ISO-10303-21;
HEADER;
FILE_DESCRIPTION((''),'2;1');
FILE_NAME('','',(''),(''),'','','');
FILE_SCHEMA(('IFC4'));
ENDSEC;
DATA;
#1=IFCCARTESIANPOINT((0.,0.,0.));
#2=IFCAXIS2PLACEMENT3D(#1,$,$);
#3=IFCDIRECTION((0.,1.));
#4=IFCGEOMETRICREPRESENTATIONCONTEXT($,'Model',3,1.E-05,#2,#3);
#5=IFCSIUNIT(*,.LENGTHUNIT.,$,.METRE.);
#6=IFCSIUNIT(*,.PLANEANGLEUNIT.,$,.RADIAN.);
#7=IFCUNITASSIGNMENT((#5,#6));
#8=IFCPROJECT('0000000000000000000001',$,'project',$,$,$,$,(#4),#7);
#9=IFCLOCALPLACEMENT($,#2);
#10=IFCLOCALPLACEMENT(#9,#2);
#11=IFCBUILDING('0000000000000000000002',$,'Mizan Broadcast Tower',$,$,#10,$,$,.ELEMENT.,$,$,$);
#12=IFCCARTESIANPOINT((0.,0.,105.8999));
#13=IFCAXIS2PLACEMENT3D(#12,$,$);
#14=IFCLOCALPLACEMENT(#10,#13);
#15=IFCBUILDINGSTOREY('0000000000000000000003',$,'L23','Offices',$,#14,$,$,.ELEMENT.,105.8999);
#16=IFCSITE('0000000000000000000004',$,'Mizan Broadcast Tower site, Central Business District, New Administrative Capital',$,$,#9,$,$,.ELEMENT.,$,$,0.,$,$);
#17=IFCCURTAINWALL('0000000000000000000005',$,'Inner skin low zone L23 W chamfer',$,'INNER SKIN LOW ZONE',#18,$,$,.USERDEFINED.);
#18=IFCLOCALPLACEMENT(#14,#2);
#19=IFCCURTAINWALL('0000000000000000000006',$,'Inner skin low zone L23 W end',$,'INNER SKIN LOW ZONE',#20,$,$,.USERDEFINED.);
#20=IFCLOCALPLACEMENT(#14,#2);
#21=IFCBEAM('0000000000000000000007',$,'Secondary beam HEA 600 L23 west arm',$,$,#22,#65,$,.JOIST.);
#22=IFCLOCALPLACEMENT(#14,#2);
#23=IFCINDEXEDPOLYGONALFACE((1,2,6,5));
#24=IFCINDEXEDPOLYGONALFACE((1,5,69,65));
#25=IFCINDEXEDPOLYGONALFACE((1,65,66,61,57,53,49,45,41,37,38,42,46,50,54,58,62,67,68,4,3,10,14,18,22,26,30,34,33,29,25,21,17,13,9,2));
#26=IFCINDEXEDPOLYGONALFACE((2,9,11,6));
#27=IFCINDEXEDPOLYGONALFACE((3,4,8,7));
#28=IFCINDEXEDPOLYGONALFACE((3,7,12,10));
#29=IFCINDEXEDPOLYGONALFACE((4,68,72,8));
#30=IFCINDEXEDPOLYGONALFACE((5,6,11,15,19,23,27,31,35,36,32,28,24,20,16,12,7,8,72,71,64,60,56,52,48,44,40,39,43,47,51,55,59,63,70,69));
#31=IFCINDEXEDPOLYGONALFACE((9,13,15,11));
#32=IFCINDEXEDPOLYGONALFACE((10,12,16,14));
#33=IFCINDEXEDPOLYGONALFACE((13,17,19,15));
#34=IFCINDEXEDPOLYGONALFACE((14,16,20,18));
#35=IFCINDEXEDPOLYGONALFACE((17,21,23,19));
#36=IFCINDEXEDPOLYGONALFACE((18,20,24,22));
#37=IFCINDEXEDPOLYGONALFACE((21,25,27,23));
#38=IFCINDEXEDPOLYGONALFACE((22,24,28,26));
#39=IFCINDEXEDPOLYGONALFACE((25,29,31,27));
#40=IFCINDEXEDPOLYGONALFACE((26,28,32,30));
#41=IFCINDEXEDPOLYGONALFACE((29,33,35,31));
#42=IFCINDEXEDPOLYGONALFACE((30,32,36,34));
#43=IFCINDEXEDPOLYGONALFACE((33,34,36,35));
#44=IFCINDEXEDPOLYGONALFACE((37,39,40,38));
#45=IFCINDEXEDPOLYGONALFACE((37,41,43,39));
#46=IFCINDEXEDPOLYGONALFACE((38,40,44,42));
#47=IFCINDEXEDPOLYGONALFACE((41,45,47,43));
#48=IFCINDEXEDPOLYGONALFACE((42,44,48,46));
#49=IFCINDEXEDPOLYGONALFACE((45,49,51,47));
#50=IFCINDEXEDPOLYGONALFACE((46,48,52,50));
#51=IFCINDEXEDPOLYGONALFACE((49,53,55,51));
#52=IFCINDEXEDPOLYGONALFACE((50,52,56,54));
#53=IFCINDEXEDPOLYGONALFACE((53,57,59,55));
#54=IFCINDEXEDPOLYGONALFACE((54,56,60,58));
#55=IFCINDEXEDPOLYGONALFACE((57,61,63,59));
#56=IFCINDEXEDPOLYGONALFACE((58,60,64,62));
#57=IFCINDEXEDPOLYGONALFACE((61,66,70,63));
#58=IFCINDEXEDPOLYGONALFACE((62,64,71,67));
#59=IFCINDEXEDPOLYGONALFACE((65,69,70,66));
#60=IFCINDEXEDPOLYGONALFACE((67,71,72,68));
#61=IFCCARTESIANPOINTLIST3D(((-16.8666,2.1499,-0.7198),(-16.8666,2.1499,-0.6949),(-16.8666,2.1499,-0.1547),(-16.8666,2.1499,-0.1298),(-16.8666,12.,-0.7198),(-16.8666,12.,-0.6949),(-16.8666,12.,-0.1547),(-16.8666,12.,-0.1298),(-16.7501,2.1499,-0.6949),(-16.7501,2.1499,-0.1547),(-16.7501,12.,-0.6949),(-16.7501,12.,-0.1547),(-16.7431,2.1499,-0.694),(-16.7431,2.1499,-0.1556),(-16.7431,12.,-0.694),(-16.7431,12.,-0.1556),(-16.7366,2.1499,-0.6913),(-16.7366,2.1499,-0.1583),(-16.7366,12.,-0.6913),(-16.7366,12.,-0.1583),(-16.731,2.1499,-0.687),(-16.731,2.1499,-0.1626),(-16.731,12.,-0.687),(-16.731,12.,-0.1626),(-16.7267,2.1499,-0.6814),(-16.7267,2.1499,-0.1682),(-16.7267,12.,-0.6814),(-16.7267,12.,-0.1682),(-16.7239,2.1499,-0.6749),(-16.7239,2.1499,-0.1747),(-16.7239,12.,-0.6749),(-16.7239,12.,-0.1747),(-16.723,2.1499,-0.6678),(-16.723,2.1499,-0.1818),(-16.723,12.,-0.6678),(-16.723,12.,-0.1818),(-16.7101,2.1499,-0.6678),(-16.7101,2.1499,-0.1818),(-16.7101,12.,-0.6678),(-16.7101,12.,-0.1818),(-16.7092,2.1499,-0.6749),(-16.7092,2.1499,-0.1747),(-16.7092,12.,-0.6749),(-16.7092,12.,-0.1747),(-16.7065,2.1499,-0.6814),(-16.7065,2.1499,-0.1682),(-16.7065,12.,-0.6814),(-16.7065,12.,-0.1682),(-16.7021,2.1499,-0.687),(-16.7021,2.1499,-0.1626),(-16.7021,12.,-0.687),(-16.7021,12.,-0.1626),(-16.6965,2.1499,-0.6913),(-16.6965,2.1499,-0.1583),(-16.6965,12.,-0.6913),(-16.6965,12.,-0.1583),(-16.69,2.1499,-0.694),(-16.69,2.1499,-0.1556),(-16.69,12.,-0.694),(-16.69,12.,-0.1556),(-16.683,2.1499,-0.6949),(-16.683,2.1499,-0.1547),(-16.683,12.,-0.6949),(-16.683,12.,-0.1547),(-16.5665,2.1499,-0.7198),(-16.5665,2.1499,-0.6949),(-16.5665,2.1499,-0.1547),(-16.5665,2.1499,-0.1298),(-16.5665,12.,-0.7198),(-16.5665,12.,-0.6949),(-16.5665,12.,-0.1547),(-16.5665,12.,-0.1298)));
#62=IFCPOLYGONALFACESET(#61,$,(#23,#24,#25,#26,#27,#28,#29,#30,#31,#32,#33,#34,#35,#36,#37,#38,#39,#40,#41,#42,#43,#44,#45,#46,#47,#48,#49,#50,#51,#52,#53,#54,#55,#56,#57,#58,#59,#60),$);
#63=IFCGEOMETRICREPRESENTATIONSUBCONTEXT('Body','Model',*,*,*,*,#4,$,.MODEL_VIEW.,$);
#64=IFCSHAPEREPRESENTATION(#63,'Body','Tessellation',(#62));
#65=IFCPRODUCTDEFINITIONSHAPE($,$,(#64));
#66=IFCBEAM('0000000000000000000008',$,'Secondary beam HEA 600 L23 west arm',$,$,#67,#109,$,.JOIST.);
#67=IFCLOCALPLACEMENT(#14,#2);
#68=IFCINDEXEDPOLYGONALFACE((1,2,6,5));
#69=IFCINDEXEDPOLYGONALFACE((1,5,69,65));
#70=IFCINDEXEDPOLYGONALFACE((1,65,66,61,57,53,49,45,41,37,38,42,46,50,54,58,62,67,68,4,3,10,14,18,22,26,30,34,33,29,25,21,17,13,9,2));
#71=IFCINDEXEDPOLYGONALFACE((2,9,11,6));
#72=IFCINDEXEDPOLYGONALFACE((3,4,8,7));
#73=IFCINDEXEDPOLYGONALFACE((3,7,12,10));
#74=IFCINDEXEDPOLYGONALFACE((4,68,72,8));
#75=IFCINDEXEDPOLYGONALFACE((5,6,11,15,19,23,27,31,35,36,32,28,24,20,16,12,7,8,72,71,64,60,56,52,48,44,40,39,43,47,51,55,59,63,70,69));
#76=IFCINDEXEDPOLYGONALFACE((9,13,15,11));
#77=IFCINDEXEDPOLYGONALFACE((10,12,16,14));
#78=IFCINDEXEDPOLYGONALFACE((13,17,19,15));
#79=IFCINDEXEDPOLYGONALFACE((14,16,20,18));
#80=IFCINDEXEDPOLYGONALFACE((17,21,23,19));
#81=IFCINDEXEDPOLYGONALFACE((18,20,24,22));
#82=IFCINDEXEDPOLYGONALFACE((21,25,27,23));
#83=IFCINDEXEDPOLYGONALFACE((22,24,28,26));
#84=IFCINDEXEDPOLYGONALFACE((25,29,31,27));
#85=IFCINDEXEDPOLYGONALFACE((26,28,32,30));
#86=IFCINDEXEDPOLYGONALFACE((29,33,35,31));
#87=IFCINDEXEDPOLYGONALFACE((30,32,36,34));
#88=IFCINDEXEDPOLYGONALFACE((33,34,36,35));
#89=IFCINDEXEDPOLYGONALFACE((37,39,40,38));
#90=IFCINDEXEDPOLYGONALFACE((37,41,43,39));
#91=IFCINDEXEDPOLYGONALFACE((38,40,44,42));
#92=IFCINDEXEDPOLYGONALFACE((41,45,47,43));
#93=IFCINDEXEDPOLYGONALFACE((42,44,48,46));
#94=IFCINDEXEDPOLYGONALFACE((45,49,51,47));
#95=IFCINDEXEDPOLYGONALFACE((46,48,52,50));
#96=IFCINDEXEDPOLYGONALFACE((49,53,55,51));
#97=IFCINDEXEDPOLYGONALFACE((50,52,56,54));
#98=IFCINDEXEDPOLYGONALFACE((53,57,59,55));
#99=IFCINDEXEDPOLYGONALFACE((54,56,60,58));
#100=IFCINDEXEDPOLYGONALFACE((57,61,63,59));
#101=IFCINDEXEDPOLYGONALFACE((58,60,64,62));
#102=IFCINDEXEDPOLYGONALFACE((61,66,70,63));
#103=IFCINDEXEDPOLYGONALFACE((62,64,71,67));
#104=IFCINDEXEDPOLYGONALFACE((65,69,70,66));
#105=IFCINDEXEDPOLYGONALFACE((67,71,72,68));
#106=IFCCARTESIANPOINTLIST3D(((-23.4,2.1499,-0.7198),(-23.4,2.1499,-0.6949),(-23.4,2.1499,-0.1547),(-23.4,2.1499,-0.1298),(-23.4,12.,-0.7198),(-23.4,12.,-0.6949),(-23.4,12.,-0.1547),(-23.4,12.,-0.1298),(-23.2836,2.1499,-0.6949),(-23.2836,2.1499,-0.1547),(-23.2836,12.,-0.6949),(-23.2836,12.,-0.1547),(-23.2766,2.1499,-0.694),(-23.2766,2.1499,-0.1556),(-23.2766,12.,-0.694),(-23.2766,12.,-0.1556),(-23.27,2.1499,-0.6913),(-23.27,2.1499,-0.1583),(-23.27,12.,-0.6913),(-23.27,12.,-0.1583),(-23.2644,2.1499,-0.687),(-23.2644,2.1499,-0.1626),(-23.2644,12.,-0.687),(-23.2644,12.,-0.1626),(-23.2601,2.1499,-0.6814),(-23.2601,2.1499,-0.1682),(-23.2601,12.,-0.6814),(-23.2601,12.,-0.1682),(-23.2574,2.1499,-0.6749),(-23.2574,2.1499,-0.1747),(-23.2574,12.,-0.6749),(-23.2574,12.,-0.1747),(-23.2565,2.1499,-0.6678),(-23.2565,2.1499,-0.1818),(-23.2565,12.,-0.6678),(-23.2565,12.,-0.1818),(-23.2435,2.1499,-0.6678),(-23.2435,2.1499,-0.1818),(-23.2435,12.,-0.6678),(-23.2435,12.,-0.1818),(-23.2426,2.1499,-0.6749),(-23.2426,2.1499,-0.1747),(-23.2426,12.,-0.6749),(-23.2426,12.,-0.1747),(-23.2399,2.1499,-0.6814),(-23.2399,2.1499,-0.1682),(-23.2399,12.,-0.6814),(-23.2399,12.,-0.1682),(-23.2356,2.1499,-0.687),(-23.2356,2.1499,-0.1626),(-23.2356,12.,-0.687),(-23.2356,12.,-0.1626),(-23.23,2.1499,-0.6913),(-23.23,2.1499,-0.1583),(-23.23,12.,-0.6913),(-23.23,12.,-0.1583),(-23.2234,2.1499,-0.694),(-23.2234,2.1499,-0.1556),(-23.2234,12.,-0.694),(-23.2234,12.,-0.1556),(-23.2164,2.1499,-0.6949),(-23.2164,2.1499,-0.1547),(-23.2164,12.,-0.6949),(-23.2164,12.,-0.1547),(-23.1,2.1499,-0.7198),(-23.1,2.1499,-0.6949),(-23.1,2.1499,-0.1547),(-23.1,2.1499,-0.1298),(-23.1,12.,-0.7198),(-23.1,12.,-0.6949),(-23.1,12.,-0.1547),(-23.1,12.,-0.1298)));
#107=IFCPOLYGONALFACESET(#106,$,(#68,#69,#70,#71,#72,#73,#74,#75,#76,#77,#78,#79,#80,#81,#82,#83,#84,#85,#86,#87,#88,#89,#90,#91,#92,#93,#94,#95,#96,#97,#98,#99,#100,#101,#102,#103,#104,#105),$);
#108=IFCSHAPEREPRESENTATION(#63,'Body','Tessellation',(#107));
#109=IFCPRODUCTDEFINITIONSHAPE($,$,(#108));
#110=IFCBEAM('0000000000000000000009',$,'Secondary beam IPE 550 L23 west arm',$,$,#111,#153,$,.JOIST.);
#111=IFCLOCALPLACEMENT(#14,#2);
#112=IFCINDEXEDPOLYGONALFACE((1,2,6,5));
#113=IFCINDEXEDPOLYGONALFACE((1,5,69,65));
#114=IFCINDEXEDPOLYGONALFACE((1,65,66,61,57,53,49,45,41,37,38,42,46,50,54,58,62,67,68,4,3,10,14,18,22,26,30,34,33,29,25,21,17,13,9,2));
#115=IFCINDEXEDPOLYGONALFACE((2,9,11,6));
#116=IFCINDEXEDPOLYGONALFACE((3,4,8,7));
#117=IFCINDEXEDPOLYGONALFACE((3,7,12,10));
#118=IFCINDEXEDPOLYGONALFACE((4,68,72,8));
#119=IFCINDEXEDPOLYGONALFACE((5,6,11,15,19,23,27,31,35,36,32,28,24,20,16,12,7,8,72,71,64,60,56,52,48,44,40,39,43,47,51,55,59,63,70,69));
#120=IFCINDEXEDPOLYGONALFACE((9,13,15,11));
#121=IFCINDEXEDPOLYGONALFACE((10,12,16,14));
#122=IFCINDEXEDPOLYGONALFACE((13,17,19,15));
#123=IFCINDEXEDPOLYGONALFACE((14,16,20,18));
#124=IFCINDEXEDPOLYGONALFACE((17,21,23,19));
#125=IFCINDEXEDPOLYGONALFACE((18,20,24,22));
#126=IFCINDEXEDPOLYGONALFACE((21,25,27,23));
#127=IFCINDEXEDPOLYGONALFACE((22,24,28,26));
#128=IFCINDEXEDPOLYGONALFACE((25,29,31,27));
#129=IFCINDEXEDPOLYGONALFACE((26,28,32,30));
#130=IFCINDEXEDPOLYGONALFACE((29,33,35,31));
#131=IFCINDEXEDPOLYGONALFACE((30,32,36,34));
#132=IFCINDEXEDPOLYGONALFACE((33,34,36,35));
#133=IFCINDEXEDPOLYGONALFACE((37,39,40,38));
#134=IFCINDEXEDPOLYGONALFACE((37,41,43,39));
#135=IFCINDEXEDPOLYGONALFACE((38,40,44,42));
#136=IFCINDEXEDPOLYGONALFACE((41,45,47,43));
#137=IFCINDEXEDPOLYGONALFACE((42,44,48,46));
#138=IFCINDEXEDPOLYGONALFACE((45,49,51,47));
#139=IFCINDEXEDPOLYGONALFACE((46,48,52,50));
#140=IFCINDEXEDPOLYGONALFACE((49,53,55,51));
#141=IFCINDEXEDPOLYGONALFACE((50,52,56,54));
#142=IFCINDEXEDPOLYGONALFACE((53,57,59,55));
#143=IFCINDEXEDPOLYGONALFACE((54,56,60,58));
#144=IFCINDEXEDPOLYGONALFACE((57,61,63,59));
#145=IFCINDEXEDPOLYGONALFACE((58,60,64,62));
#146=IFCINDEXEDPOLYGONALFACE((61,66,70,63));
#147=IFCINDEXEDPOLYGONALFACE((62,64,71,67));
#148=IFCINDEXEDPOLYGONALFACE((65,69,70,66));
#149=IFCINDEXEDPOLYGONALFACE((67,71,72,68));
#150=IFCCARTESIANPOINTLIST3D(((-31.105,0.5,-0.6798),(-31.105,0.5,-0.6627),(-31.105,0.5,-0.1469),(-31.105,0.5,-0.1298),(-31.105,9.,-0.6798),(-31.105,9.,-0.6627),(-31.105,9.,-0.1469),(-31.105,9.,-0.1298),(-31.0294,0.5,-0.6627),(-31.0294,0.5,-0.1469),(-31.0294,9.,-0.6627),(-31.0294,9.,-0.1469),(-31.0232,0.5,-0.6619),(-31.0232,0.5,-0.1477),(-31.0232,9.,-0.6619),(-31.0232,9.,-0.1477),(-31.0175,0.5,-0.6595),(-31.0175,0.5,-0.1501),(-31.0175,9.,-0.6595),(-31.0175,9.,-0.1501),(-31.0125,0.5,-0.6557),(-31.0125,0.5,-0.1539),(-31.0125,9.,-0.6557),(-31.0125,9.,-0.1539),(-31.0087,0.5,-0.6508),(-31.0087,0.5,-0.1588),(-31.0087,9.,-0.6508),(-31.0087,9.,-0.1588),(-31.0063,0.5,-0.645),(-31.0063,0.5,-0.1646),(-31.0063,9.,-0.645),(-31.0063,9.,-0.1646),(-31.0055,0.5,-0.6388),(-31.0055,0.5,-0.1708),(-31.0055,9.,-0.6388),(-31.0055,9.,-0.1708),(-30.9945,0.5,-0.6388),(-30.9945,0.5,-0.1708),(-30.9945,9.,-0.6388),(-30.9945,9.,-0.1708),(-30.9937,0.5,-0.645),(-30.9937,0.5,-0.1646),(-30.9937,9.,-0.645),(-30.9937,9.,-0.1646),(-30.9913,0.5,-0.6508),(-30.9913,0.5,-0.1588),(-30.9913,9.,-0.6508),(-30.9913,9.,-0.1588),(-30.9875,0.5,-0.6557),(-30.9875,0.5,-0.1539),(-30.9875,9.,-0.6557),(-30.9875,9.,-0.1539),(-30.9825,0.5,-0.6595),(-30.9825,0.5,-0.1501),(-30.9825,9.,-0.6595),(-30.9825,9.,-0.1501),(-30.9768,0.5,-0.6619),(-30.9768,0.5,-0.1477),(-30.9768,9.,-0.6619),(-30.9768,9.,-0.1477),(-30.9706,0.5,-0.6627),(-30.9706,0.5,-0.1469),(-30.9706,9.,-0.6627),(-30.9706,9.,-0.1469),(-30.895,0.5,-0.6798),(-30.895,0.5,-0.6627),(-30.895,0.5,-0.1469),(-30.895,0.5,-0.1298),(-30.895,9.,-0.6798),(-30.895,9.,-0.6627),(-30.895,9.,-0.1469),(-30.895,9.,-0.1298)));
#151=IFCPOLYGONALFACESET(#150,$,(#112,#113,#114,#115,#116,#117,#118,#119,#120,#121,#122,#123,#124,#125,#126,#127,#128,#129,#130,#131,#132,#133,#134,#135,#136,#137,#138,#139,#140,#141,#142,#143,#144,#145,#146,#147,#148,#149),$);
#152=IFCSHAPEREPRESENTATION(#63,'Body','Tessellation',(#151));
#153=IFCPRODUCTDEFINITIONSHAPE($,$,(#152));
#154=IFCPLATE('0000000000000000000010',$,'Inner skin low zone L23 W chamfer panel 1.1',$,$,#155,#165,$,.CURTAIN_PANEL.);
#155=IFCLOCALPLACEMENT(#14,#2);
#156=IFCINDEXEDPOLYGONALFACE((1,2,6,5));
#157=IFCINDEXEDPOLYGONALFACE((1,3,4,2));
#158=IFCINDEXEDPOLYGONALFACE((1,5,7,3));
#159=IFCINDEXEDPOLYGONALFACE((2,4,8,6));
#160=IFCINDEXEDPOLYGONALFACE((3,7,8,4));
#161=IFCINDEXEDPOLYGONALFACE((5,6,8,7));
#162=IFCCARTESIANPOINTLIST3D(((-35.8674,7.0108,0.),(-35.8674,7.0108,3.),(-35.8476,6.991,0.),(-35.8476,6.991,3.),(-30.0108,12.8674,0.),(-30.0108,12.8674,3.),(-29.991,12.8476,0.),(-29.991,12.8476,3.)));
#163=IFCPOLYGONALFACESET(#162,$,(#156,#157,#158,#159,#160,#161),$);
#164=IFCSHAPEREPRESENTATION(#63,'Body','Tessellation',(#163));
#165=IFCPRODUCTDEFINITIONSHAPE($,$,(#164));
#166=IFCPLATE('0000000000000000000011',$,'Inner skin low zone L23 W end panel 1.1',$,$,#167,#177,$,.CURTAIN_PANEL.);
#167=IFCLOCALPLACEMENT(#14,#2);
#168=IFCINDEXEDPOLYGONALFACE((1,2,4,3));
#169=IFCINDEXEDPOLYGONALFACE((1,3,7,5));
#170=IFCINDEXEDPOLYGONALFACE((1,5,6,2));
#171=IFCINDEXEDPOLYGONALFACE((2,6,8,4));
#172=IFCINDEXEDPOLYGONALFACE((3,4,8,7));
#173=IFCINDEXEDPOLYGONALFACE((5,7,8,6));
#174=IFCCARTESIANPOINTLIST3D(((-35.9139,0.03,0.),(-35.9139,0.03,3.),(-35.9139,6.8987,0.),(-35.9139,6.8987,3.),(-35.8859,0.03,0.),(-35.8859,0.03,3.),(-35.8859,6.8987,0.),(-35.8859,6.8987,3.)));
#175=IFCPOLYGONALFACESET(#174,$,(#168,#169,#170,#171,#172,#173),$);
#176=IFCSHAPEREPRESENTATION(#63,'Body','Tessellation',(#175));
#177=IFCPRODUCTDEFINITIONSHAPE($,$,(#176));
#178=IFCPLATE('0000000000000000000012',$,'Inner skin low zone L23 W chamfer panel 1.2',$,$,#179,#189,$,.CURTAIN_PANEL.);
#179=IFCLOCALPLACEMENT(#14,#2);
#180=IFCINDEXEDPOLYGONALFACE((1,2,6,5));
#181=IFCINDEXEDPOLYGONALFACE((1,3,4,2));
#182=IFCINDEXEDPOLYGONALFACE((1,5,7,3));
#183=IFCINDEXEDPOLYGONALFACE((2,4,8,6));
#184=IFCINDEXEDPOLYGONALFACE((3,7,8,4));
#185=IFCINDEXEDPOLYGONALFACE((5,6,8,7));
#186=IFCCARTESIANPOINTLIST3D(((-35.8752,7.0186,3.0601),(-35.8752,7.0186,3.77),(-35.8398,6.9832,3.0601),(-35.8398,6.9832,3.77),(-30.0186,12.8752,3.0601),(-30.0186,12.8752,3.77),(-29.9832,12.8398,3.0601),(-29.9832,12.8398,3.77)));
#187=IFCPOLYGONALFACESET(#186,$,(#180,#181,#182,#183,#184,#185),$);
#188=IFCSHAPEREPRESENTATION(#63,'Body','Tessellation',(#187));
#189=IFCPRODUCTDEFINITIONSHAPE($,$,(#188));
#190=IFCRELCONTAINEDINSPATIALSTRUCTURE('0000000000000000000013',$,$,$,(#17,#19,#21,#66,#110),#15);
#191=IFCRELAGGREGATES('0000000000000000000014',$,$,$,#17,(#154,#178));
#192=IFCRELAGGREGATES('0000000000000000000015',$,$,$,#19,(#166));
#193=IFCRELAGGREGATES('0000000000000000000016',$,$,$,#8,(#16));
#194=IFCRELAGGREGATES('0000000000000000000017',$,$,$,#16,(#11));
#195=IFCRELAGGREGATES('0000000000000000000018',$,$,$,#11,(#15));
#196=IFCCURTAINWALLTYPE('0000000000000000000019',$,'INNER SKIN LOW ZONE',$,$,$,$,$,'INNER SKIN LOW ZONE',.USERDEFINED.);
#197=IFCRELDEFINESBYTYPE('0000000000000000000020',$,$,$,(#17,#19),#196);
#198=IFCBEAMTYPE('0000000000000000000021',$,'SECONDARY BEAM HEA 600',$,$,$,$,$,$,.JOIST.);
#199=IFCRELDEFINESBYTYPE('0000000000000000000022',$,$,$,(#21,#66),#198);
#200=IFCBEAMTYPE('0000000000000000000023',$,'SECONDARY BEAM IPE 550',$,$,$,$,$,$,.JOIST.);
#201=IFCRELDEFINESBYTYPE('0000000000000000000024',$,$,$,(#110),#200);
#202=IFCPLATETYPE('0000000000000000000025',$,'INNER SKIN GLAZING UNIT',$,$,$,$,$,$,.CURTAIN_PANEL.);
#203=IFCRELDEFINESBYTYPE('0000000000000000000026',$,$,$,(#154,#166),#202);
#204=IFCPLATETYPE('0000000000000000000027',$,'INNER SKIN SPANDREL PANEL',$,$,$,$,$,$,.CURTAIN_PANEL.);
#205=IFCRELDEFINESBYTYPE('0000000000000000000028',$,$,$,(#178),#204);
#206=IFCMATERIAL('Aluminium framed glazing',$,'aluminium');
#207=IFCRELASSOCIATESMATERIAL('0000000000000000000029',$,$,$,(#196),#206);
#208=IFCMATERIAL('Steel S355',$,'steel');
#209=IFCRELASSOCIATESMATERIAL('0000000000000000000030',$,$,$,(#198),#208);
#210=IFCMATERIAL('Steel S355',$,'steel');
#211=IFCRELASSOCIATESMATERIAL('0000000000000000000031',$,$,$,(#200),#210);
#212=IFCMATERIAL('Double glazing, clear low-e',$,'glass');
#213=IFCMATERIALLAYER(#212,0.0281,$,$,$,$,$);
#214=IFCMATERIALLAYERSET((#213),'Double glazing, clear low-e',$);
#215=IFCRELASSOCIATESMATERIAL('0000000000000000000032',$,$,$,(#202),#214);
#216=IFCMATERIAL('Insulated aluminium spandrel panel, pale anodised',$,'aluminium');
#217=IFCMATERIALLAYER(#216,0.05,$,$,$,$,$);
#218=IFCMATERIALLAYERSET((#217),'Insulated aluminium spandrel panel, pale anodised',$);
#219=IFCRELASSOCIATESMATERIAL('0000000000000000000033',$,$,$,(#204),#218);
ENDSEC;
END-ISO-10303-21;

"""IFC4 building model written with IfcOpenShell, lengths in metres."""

from ifc_helpers import new_model, si_unit, direction, frame, origin, origin_2d, place, context, subcontext, project, spatial, rectangle, i_section, extrude, material, layer, layer_set, material_profile, profile_set, type_object, element, aggregate, save


model = new_model("IFC4")

# Units and contexts
model_context = context("Model", 3, precision=1e-05, world=origin(), true_north=direction((0.0, 1.0)))
body_context = subcontext(model_context, "Body", "Model", "MODEL_VIEW")
ifc_project = project(units=[si_unit("LENGTHUNIT", "METRE"), si_unit("PLANEANGLEUNIT", "RADIAN")], contexts=[model_context])

# Site, building, storey
site_placement = place(None, origin())
site = spatial("IfcSite", under=ifc_project, at=site_placement, Name="Mizan Broadcast Tower site, Central Business District, New Administrative Capital", CompositionType="ELEMENT", RefElevation=0.0)
building_placement = place(site_placement, origin())
building = spatial("IfcBuilding", under=site, at=building_placement, Name="Mizan Broadcast Tower", CompositionType="ELEMENT")
storey_placement = place(building_placement, frame((0.0, 0.0, 105.8999)))
storey = spatial("IfcBuildingStorey", under=building, at=storey_placement, Name="L23", Description="Offices", CompositionType="ELEMENT", Elevation=105.8999)

# Shared definitions
ifc_material_1 = material(Name="Aluminium framed glazing", Category="aluminium")
curtain_wall_type_1 = type_object("IfcCurtainWallType", Name="INNER SKIN LOW ZONE", ElementType="INNER SKIN LOW ZONE", PredefinedType="USERDEFINED", material=ifc_material_1)

# Curtain wall
curtain_wall_1_placement = place(storey_placement, origin())
curtain_wall_1 = element("IfcCurtainWall", 1, at=curtain_wall_1_placement, inside=storey, type_object=curtain_wall_type_1, Name="Inner skin low zone L23 W chamfer", ObjectType="INNER SKIN LOW ZONE", PredefinedType="USERDEFINED")

# Curtain wall
curtain_wall_2_placement = place(storey_placement, origin())
curtain_wall_2 = element("IfcCurtainWall", 2, at=curtain_wall_2_placement, inside=storey, type_object=curtain_wall_type_1, Name="Inner skin low zone L23 W end", ObjectType="INNER SKIN LOW ZONE", PredefinedType="USERDEFINED")

# Beams
ifc_material_2 = material(Name="Steel S355", Category="steel")
ifc_material_profile_1 = material_profile(ifc_material_2, i_section(OverallWidth=0.3, OverallDepth=0.5901, WebThickness=0.0129, FlangeThickness=0.0249, FilletRadius=0.0271, at=origin_2d()), Name="HEA 600")
ifc_profile_set_1 = profile_set([ifc_material_profile_1], Name="Steel S355")
beam_type_1 = type_object("IfcBeamType", Name="SECONDARY BEAM HEA 600", PredefinedType="JOIST", material=ifc_profile_set_1)
for number, where, z_axis, x_axis, name in (
    (3, (-16.7166, 12.0, -0.4248), (0.0, -1.0, 0.0), (1.0, 0.0, 0.0), "Secondary beam HEA 600 L23 west arm"),
    (4, (-23.25, 12.0, -0.4248), (0.0, -1.0, 0.0), (1.0, 0.0, 0.0), "Secondary beam HEA 600 L23 west arm"),
):
    element("IfcBeam", number, at=place(storey_placement, frame(where, z_axis=z_axis, x_axis=x_axis)), inside=storey, type_object=beam_type_1, Name=name, PredefinedType="JOIST", context=body_context, shape_type="SweptSolid", body=[
        extrude(i_section(OverallWidth=0.3, OverallDepth=0.5901, WebThickness=0.0129, FlangeThickness=0.0249, FilletRadius=0.0271, at=origin_2d()), origin(), (0.0, 0.0, 1.0), 9.8501),
    ])
ifc_material_3 = material(Name="Steel S355", Category="steel")
ifc_material_profile_2 = material_profile(ifc_material_3, i_section(OverallWidth=0.21, OverallDepth=0.55, WebThickness=0.011, FlangeThickness=0.0171, FilletRadius=0.0239, at=origin_2d()), Name="IPE 550")
ifc_profile_set_2 = profile_set([ifc_material_profile_2], Name="Steel S355")
beam_type_2 = type_object("IfcBeamType", Name="SECONDARY BEAM IPE 550", PredefinedType="JOIST", material=ifc_profile_set_2)
beam_1_placement = place(storey_placement, frame((-31.0, 9.0, -0.4048), z_axis=(0.0, -1.0, 0.0), x_axis=(1.0, 0.0, 0.0)))
element("IfcBeam", 5, at=beam_1_placement, inside=storey, type_object=beam_type_2, Name="Secondary beam IPE 550 L23 west arm", PredefinedType="JOIST", context=body_context, shape_type="SweptSolid", body=[
    extrude(i_section(OverallWidth=0.21, OverallDepth=0.55, WebThickness=0.011, FlangeThickness=0.0171, FilletRadius=0.0239, at=origin_2d()), origin(), (0.0, 0.0, 1.0), 8.5),
])

# Plates
ifc_material_4 = material(Name="Double glazing, clear low-e", Category="glass")
ifc_layer_1 = layer(ifc_material_4, 0.0281)
ifc_layer_set_1 = layer_set([ifc_layer_1], Name="Double glazing, clear low-e")
plate_type_1 = type_object("IfcPlateType", Name="INNER SKIN GLAZING UNIT", PredefinedType="CURTAIN_PANEL", material=ifc_layer_set_1)
plate_1_placement = place(storey_placement, frame((-32.9292, 9.9292, 0.0), z_axis=(0.0, 0.0, 1.0), x_axis=(-0.707107, -0.707107, 0.0)))
plate_1 = element("IfcPlate", 6, at=plate_1_placement, type_object=plate_type_1, Name="Inner skin low zone L23 W chamfer panel 1.1", PredefinedType="CURTAIN_PANEL", context=body_context, shape_type="SweptSolid", body=[
    extrude(rectangle(XDim=8.2825, YDim=0.0281, at=origin_2d()), origin(), (0.0, 0.0, 1.0), 3.0),
])
plate_2_placement = place(storey_placement, frame((-35.8999, 3.4644, 0.0), z_axis=(0.0, 0.0, 1.0), x_axis=(0.0, -1.0, 0.0)))
plate_2 = element("IfcPlate", 7, at=plate_2_placement, type_object=plate_type_1, Name="Inner skin low zone L23 W end panel 1.1", PredefinedType="CURTAIN_PANEL", context=body_context, shape_type="SweptSolid", body=[
    extrude(rectangle(XDim=6.8687, YDim=0.0281, at=origin_2d()), origin(), (0.0, 0.0, 1.0), 3.0),
])
ifc_material_5 = material(Name="Insulated aluminium spandrel panel, pale anodised", Category="aluminium")
ifc_layer_2 = layer(ifc_material_5, 0.05)
ifc_layer_set_2 = layer_set([ifc_layer_2], Name="Insulated aluminium spandrel panel, pale anodised")
plate_type_2 = type_object("IfcPlateType", Name="INNER SKIN SPANDREL PANEL", PredefinedType="CURTAIN_PANEL", material=ifc_layer_set_2)
plate_3_placement = place(storey_placement, frame((-32.9292, 9.9292, 3.0601), z_axis=(0.0, 0.0, 1.0), x_axis=(-0.707107, -0.707107, 0.0)))
plate_3 = element("IfcPlate", 8, at=plate_3_placement, type_object=plate_type_2, Name="Inner skin low zone L23 W chamfer panel 1.2", PredefinedType="CURTAIN_PANEL", context=body_context, shape_type="SweptSolid", body=[
    extrude(rectangle(XDim=8.2825, YDim=0.05, at=origin_2d()), origin(), (0.0, 0.0, 1.0), 0.71),
])
aggregate(curtain_wall_1, [plate_1, plate_3])
aggregate(curtain_wall_2, [plate_2])

save(model, "model.ifc")
